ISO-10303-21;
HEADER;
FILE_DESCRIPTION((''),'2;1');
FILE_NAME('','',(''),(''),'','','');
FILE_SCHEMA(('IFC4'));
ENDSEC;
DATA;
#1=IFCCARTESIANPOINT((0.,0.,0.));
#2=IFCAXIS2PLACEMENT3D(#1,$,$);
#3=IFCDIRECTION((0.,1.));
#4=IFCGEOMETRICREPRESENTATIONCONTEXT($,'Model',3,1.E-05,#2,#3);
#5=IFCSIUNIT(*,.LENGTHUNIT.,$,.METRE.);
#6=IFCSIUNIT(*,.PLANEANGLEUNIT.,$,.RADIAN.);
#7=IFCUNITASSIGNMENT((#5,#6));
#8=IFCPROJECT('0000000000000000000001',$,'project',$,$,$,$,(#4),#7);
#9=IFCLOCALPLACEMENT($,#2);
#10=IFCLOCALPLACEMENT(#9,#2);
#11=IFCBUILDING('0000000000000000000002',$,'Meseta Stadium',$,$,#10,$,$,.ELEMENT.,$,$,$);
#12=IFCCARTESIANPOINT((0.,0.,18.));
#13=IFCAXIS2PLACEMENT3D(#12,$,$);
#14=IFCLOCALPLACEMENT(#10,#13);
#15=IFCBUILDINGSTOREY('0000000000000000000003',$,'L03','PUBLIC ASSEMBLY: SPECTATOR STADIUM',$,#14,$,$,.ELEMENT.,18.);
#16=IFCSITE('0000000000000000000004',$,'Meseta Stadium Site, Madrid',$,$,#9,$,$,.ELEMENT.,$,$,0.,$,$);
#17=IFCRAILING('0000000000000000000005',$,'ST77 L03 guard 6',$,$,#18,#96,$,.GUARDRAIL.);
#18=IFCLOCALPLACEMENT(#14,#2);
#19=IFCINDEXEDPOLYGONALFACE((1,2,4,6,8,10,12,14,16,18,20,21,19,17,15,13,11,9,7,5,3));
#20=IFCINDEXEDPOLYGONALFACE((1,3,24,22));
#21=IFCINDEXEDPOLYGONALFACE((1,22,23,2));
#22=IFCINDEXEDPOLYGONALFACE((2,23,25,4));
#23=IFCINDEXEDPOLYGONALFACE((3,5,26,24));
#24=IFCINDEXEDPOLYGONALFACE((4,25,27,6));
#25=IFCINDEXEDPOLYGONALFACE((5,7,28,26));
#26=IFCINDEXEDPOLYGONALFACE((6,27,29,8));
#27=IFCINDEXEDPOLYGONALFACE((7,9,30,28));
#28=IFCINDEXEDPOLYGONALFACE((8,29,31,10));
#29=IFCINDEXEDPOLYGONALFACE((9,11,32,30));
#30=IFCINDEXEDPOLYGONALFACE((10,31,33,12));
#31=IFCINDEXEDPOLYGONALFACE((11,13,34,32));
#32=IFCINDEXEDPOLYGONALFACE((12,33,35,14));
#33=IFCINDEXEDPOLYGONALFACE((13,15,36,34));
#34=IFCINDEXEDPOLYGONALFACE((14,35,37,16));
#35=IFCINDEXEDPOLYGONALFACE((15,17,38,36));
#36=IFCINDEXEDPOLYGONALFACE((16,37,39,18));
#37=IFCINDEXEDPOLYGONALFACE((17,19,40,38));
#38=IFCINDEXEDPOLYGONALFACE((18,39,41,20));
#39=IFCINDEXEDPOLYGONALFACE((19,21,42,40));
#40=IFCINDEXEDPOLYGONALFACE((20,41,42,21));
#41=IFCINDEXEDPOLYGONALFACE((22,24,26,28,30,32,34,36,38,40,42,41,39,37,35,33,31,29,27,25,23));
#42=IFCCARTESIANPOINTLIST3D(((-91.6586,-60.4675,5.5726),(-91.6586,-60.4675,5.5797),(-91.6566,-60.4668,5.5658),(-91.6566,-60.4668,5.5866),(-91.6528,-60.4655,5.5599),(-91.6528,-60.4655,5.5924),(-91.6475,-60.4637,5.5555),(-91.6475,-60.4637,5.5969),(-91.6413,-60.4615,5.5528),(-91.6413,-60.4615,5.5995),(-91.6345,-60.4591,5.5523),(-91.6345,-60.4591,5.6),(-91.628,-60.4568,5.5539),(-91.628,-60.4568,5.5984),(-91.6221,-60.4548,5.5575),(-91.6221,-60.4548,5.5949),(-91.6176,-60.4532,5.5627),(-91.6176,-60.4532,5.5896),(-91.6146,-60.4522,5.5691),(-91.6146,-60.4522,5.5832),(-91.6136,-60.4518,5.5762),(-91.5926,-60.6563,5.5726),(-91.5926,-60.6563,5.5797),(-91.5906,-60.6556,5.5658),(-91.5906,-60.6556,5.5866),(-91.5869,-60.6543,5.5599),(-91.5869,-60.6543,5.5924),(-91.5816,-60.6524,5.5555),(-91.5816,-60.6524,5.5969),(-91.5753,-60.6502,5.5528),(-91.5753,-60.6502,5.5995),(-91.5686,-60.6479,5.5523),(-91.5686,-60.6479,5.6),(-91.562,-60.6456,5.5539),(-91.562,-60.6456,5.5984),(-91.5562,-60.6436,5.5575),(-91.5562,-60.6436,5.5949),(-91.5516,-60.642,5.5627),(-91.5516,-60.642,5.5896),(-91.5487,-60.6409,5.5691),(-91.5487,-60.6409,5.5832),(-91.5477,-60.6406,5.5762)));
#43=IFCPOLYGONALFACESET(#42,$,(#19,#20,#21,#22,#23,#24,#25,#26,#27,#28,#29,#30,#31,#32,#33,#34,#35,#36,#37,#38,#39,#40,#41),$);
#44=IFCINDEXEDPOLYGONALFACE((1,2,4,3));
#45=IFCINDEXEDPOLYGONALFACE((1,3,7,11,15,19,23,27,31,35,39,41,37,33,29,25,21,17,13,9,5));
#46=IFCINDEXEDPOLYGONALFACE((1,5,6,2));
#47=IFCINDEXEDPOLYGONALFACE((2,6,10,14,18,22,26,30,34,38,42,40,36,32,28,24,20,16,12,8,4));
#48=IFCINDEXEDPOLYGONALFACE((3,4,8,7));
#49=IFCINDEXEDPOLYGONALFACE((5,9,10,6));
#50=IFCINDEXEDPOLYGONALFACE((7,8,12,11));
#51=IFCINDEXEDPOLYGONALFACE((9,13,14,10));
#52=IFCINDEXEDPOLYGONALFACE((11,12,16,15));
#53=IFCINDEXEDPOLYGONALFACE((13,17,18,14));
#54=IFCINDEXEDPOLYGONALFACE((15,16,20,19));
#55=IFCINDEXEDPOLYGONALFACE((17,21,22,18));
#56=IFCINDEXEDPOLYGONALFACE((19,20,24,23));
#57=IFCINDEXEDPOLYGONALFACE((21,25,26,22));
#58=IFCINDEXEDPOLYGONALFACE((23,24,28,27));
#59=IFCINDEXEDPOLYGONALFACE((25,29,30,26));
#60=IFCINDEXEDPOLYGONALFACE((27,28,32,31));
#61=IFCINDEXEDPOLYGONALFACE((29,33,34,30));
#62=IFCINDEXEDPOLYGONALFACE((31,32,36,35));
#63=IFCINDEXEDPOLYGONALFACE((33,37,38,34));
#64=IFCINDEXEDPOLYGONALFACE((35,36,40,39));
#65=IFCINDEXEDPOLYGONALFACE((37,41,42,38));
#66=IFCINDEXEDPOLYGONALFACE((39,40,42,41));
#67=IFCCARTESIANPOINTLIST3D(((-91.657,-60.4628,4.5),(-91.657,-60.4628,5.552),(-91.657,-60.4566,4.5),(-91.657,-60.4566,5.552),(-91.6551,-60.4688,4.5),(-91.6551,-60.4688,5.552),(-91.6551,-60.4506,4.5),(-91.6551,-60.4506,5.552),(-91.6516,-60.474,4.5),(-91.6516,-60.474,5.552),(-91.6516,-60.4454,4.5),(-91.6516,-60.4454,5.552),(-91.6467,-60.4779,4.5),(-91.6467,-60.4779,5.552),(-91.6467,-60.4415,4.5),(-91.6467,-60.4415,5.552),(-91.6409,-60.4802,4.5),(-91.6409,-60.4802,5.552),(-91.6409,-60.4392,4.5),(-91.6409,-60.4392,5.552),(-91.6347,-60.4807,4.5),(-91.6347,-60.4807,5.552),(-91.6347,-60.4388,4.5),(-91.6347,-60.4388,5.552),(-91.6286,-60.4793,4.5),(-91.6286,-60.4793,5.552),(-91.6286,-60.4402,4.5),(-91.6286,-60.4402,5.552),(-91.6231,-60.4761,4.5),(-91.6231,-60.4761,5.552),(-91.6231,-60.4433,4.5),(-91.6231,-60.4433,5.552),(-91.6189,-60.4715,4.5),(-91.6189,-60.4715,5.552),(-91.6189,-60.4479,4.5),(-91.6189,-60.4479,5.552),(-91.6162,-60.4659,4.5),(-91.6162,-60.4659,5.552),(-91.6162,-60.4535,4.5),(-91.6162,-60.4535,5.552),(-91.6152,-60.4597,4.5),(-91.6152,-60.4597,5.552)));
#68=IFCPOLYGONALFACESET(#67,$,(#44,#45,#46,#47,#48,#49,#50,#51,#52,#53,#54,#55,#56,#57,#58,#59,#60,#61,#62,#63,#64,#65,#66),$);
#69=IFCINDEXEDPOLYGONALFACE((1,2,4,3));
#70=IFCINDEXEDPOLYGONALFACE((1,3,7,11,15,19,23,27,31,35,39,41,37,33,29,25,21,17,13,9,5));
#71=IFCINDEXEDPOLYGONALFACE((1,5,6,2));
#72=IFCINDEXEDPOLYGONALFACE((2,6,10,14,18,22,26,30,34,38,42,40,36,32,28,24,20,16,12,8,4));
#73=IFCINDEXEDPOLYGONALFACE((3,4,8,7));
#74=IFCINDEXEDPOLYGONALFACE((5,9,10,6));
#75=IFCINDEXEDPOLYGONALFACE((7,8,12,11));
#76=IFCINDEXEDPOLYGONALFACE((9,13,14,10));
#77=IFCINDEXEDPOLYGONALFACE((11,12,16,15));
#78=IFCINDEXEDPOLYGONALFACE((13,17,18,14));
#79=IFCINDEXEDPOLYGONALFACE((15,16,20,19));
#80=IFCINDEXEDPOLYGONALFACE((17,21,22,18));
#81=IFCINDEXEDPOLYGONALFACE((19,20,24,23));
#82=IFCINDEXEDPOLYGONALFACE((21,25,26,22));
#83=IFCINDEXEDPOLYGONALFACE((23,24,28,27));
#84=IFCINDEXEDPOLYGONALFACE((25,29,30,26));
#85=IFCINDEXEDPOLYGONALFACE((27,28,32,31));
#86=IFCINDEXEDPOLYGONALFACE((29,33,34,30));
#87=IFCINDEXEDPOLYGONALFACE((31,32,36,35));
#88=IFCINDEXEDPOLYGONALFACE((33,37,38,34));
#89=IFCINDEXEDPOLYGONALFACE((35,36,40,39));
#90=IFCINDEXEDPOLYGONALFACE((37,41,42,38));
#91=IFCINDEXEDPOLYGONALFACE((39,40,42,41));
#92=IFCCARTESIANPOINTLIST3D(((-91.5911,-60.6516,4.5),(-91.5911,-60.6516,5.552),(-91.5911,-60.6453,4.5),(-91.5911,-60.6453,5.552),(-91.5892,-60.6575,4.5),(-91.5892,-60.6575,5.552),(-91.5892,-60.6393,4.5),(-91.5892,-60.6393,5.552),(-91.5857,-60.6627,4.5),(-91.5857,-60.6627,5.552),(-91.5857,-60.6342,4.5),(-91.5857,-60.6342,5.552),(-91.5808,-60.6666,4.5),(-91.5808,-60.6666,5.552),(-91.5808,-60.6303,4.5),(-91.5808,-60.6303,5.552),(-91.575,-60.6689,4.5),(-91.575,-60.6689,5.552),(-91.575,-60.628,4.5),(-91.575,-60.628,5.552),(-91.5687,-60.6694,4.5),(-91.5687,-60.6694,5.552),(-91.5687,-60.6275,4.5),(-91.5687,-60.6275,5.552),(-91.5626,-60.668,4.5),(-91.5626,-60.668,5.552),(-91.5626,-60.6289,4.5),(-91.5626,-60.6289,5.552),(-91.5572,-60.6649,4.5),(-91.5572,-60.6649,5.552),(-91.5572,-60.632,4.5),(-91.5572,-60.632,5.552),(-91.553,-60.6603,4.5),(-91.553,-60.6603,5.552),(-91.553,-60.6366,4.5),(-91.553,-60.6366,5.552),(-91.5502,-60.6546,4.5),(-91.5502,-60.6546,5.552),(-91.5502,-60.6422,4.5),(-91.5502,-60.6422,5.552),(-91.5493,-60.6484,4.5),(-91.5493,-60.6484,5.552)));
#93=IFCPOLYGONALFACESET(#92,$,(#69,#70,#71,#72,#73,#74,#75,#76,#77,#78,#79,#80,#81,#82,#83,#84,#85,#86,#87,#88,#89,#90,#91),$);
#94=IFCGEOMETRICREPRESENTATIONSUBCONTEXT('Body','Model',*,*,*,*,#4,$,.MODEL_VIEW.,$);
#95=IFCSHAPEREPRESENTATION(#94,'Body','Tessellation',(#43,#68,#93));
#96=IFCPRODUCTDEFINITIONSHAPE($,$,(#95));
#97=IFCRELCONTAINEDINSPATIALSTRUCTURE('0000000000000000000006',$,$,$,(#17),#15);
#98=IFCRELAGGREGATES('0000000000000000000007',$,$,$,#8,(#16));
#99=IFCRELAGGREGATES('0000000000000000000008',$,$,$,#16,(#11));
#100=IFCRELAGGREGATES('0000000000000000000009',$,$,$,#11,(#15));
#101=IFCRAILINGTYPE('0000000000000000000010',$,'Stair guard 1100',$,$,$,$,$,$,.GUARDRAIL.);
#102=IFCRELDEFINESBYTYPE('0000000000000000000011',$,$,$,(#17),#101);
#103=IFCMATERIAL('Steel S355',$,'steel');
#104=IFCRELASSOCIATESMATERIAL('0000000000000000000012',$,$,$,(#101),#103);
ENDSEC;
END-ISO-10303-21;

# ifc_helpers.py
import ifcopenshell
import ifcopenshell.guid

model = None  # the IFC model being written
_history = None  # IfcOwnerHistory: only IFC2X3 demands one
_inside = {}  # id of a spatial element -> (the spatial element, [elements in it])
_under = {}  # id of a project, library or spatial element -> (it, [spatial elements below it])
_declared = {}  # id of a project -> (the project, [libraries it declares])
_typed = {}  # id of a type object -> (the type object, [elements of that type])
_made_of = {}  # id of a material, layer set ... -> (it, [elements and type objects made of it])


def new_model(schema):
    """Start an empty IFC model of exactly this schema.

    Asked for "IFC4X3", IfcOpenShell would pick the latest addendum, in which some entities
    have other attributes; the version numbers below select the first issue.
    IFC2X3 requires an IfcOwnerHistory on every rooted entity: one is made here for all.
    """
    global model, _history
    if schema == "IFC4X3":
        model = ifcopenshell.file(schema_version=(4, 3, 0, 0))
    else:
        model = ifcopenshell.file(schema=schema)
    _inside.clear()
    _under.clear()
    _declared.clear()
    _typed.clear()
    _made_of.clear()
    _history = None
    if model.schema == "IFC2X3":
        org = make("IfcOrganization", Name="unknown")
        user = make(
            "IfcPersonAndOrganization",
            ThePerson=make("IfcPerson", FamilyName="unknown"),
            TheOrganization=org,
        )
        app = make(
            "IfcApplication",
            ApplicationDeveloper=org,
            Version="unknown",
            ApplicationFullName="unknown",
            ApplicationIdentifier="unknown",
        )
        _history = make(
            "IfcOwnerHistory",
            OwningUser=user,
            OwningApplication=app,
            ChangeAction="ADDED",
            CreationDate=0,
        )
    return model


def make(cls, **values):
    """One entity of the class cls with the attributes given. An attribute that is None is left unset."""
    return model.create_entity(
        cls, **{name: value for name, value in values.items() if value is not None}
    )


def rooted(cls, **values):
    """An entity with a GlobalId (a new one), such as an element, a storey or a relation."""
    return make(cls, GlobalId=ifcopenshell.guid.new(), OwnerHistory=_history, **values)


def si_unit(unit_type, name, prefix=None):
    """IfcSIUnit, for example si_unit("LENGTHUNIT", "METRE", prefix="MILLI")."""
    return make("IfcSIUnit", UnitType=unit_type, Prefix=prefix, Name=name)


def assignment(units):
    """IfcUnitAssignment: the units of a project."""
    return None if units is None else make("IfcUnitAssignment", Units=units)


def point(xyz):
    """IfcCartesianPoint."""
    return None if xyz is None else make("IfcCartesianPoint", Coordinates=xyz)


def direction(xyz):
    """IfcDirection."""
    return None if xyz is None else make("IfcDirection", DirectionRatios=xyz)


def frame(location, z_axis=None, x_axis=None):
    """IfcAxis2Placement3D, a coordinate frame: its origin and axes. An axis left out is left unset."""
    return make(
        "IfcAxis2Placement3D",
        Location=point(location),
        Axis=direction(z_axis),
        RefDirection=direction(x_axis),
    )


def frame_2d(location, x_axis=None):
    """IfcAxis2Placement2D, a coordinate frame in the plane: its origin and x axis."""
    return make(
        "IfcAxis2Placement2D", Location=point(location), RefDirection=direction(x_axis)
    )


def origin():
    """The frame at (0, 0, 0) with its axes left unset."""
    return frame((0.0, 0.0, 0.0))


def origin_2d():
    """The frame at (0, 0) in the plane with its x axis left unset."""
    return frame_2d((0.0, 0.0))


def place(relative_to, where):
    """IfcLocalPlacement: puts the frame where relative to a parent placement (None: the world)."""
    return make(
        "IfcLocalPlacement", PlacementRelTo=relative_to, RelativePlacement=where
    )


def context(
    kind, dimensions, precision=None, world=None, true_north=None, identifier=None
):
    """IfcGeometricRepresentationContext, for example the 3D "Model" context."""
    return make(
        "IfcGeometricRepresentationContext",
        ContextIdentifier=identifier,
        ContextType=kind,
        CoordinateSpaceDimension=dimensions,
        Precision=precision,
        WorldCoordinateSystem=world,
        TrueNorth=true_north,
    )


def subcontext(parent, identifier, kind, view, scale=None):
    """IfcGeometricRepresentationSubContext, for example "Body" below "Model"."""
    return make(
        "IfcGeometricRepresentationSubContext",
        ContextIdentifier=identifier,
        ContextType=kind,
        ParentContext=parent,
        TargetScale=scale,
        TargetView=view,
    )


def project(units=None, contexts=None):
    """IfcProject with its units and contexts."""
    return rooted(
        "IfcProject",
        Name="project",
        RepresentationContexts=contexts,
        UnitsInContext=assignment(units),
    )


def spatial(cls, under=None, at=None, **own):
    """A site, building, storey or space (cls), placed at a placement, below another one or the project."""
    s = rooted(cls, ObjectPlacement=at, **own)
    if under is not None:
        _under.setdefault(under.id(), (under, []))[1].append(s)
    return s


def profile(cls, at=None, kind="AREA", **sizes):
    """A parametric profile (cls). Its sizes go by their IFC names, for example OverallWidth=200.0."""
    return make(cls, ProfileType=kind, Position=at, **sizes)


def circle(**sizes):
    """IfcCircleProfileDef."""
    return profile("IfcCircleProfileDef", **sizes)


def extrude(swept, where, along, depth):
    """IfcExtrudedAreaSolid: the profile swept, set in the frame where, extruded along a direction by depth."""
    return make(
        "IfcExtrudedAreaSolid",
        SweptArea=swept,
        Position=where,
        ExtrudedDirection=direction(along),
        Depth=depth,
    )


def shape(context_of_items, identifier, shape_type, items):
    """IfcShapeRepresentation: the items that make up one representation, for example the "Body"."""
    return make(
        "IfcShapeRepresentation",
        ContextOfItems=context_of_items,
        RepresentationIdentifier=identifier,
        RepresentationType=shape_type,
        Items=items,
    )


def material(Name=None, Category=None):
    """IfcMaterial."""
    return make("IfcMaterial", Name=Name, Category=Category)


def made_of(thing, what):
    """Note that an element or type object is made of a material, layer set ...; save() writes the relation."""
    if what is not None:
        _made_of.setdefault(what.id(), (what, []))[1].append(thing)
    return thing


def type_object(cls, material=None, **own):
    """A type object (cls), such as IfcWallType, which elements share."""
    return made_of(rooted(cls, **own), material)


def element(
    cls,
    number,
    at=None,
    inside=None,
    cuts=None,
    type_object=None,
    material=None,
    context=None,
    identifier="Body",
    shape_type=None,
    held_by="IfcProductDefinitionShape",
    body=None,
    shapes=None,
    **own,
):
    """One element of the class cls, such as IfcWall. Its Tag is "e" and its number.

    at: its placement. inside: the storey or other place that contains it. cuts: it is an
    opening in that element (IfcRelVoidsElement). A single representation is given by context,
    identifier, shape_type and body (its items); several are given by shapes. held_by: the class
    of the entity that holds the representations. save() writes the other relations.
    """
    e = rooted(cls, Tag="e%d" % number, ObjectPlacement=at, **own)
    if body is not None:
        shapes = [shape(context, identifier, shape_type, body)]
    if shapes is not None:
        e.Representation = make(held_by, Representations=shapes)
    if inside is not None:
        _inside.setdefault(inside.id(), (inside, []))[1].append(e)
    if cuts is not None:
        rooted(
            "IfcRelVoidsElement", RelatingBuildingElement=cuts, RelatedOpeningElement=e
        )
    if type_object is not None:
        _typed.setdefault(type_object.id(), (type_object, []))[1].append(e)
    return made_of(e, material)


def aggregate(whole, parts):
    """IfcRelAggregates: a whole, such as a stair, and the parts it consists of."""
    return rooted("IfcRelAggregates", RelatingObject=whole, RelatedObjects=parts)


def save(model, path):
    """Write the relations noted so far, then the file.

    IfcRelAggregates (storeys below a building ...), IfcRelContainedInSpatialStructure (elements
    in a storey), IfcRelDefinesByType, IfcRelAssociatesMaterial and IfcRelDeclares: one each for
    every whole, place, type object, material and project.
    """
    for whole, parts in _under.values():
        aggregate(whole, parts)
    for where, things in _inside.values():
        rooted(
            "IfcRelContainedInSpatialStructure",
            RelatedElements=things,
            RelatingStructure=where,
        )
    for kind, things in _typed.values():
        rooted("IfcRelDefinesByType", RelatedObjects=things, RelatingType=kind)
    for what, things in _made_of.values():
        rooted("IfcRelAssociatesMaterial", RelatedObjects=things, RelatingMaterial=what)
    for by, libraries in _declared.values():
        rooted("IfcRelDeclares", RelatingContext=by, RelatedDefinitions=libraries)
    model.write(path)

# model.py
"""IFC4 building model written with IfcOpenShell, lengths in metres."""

from ifc_helpers import new_model, si_unit, direction, frame, origin, origin_2d, place, context, subcontext, project, spatial, circle, extrude, material, type_object, element, save


model = new_model("IFC4")

# Units and contexts
model_context = context("Model", 3, precision=1e-05, world=origin(), true_north=direction((0.0, 1.0)))
body_context = subcontext(model_context, "Body", "Model", "MODEL_VIEW")
ifc_project = project(units=[si_unit("LENGTHUNIT", "METRE"), si_unit("PLANEANGLEUNIT", "RADIAN")], contexts=[model_context])

# Site, building, storey
site_placement = place(None, origin())
site = spatial("IfcSite", under=ifc_project, at=site_placement, Name="Meseta Stadium Site, Madrid", CompositionType="ELEMENT", RefElevation=0.0)
building_placement = place(site_placement, origin())
building = spatial("IfcBuilding", under=site, at=building_placement, Name="Meseta Stadium", CompositionType="ELEMENT")
storey_placement = place(building_placement, frame((0.0, 0.0, 18.0)))
storey = spatial("IfcBuildingStorey", under=building, at=storey_placement, Name="L03", Description="PUBLIC ASSEMBLY: SPECTATOR STADIUM", CompositionType="ELEMENT", Elevation=18.0)

# Railing
ifc_material_1 = material(Name="Steel S355", Category="steel")
railing_type_1 = type_object("IfcRailingType", Name="Stair guard 1100", PredefinedType="GUARDRAIL", material=ifc_material_1)
railing_1_placement = place(storey_placement, frame((-91.6362, -60.4597, 4.5)))
element("IfcRailing", 1, at=railing_1_placement, inside=storey, type_object=railing_type_1, Name="ST77 L03 guard 6", PredefinedType="GUARDRAIL", context=body_context, shape_type="SweptSolid", body=[
    extrude(circle(Radius=0.0239, at=origin_2d()), frame((0.0, 0.0, 1.0762), z_axis=(0.329752, -0.944068, 0.0), x_axis=(0.944068, 0.329752, 0.0)), (0.0, 0.0, 1.0), 0.2),
    extrude(circle(Radius=0.021, at=origin_2d()), origin(), (0.0, 0.0, 1.0), 1.052),
    extrude(circle(Radius=0.021, at=origin_2d()), frame((0.0659, -0.1887, 0.0)), (0.0, 0.0, 1.0), 1.052),
])

save(model, "model.ifc")
